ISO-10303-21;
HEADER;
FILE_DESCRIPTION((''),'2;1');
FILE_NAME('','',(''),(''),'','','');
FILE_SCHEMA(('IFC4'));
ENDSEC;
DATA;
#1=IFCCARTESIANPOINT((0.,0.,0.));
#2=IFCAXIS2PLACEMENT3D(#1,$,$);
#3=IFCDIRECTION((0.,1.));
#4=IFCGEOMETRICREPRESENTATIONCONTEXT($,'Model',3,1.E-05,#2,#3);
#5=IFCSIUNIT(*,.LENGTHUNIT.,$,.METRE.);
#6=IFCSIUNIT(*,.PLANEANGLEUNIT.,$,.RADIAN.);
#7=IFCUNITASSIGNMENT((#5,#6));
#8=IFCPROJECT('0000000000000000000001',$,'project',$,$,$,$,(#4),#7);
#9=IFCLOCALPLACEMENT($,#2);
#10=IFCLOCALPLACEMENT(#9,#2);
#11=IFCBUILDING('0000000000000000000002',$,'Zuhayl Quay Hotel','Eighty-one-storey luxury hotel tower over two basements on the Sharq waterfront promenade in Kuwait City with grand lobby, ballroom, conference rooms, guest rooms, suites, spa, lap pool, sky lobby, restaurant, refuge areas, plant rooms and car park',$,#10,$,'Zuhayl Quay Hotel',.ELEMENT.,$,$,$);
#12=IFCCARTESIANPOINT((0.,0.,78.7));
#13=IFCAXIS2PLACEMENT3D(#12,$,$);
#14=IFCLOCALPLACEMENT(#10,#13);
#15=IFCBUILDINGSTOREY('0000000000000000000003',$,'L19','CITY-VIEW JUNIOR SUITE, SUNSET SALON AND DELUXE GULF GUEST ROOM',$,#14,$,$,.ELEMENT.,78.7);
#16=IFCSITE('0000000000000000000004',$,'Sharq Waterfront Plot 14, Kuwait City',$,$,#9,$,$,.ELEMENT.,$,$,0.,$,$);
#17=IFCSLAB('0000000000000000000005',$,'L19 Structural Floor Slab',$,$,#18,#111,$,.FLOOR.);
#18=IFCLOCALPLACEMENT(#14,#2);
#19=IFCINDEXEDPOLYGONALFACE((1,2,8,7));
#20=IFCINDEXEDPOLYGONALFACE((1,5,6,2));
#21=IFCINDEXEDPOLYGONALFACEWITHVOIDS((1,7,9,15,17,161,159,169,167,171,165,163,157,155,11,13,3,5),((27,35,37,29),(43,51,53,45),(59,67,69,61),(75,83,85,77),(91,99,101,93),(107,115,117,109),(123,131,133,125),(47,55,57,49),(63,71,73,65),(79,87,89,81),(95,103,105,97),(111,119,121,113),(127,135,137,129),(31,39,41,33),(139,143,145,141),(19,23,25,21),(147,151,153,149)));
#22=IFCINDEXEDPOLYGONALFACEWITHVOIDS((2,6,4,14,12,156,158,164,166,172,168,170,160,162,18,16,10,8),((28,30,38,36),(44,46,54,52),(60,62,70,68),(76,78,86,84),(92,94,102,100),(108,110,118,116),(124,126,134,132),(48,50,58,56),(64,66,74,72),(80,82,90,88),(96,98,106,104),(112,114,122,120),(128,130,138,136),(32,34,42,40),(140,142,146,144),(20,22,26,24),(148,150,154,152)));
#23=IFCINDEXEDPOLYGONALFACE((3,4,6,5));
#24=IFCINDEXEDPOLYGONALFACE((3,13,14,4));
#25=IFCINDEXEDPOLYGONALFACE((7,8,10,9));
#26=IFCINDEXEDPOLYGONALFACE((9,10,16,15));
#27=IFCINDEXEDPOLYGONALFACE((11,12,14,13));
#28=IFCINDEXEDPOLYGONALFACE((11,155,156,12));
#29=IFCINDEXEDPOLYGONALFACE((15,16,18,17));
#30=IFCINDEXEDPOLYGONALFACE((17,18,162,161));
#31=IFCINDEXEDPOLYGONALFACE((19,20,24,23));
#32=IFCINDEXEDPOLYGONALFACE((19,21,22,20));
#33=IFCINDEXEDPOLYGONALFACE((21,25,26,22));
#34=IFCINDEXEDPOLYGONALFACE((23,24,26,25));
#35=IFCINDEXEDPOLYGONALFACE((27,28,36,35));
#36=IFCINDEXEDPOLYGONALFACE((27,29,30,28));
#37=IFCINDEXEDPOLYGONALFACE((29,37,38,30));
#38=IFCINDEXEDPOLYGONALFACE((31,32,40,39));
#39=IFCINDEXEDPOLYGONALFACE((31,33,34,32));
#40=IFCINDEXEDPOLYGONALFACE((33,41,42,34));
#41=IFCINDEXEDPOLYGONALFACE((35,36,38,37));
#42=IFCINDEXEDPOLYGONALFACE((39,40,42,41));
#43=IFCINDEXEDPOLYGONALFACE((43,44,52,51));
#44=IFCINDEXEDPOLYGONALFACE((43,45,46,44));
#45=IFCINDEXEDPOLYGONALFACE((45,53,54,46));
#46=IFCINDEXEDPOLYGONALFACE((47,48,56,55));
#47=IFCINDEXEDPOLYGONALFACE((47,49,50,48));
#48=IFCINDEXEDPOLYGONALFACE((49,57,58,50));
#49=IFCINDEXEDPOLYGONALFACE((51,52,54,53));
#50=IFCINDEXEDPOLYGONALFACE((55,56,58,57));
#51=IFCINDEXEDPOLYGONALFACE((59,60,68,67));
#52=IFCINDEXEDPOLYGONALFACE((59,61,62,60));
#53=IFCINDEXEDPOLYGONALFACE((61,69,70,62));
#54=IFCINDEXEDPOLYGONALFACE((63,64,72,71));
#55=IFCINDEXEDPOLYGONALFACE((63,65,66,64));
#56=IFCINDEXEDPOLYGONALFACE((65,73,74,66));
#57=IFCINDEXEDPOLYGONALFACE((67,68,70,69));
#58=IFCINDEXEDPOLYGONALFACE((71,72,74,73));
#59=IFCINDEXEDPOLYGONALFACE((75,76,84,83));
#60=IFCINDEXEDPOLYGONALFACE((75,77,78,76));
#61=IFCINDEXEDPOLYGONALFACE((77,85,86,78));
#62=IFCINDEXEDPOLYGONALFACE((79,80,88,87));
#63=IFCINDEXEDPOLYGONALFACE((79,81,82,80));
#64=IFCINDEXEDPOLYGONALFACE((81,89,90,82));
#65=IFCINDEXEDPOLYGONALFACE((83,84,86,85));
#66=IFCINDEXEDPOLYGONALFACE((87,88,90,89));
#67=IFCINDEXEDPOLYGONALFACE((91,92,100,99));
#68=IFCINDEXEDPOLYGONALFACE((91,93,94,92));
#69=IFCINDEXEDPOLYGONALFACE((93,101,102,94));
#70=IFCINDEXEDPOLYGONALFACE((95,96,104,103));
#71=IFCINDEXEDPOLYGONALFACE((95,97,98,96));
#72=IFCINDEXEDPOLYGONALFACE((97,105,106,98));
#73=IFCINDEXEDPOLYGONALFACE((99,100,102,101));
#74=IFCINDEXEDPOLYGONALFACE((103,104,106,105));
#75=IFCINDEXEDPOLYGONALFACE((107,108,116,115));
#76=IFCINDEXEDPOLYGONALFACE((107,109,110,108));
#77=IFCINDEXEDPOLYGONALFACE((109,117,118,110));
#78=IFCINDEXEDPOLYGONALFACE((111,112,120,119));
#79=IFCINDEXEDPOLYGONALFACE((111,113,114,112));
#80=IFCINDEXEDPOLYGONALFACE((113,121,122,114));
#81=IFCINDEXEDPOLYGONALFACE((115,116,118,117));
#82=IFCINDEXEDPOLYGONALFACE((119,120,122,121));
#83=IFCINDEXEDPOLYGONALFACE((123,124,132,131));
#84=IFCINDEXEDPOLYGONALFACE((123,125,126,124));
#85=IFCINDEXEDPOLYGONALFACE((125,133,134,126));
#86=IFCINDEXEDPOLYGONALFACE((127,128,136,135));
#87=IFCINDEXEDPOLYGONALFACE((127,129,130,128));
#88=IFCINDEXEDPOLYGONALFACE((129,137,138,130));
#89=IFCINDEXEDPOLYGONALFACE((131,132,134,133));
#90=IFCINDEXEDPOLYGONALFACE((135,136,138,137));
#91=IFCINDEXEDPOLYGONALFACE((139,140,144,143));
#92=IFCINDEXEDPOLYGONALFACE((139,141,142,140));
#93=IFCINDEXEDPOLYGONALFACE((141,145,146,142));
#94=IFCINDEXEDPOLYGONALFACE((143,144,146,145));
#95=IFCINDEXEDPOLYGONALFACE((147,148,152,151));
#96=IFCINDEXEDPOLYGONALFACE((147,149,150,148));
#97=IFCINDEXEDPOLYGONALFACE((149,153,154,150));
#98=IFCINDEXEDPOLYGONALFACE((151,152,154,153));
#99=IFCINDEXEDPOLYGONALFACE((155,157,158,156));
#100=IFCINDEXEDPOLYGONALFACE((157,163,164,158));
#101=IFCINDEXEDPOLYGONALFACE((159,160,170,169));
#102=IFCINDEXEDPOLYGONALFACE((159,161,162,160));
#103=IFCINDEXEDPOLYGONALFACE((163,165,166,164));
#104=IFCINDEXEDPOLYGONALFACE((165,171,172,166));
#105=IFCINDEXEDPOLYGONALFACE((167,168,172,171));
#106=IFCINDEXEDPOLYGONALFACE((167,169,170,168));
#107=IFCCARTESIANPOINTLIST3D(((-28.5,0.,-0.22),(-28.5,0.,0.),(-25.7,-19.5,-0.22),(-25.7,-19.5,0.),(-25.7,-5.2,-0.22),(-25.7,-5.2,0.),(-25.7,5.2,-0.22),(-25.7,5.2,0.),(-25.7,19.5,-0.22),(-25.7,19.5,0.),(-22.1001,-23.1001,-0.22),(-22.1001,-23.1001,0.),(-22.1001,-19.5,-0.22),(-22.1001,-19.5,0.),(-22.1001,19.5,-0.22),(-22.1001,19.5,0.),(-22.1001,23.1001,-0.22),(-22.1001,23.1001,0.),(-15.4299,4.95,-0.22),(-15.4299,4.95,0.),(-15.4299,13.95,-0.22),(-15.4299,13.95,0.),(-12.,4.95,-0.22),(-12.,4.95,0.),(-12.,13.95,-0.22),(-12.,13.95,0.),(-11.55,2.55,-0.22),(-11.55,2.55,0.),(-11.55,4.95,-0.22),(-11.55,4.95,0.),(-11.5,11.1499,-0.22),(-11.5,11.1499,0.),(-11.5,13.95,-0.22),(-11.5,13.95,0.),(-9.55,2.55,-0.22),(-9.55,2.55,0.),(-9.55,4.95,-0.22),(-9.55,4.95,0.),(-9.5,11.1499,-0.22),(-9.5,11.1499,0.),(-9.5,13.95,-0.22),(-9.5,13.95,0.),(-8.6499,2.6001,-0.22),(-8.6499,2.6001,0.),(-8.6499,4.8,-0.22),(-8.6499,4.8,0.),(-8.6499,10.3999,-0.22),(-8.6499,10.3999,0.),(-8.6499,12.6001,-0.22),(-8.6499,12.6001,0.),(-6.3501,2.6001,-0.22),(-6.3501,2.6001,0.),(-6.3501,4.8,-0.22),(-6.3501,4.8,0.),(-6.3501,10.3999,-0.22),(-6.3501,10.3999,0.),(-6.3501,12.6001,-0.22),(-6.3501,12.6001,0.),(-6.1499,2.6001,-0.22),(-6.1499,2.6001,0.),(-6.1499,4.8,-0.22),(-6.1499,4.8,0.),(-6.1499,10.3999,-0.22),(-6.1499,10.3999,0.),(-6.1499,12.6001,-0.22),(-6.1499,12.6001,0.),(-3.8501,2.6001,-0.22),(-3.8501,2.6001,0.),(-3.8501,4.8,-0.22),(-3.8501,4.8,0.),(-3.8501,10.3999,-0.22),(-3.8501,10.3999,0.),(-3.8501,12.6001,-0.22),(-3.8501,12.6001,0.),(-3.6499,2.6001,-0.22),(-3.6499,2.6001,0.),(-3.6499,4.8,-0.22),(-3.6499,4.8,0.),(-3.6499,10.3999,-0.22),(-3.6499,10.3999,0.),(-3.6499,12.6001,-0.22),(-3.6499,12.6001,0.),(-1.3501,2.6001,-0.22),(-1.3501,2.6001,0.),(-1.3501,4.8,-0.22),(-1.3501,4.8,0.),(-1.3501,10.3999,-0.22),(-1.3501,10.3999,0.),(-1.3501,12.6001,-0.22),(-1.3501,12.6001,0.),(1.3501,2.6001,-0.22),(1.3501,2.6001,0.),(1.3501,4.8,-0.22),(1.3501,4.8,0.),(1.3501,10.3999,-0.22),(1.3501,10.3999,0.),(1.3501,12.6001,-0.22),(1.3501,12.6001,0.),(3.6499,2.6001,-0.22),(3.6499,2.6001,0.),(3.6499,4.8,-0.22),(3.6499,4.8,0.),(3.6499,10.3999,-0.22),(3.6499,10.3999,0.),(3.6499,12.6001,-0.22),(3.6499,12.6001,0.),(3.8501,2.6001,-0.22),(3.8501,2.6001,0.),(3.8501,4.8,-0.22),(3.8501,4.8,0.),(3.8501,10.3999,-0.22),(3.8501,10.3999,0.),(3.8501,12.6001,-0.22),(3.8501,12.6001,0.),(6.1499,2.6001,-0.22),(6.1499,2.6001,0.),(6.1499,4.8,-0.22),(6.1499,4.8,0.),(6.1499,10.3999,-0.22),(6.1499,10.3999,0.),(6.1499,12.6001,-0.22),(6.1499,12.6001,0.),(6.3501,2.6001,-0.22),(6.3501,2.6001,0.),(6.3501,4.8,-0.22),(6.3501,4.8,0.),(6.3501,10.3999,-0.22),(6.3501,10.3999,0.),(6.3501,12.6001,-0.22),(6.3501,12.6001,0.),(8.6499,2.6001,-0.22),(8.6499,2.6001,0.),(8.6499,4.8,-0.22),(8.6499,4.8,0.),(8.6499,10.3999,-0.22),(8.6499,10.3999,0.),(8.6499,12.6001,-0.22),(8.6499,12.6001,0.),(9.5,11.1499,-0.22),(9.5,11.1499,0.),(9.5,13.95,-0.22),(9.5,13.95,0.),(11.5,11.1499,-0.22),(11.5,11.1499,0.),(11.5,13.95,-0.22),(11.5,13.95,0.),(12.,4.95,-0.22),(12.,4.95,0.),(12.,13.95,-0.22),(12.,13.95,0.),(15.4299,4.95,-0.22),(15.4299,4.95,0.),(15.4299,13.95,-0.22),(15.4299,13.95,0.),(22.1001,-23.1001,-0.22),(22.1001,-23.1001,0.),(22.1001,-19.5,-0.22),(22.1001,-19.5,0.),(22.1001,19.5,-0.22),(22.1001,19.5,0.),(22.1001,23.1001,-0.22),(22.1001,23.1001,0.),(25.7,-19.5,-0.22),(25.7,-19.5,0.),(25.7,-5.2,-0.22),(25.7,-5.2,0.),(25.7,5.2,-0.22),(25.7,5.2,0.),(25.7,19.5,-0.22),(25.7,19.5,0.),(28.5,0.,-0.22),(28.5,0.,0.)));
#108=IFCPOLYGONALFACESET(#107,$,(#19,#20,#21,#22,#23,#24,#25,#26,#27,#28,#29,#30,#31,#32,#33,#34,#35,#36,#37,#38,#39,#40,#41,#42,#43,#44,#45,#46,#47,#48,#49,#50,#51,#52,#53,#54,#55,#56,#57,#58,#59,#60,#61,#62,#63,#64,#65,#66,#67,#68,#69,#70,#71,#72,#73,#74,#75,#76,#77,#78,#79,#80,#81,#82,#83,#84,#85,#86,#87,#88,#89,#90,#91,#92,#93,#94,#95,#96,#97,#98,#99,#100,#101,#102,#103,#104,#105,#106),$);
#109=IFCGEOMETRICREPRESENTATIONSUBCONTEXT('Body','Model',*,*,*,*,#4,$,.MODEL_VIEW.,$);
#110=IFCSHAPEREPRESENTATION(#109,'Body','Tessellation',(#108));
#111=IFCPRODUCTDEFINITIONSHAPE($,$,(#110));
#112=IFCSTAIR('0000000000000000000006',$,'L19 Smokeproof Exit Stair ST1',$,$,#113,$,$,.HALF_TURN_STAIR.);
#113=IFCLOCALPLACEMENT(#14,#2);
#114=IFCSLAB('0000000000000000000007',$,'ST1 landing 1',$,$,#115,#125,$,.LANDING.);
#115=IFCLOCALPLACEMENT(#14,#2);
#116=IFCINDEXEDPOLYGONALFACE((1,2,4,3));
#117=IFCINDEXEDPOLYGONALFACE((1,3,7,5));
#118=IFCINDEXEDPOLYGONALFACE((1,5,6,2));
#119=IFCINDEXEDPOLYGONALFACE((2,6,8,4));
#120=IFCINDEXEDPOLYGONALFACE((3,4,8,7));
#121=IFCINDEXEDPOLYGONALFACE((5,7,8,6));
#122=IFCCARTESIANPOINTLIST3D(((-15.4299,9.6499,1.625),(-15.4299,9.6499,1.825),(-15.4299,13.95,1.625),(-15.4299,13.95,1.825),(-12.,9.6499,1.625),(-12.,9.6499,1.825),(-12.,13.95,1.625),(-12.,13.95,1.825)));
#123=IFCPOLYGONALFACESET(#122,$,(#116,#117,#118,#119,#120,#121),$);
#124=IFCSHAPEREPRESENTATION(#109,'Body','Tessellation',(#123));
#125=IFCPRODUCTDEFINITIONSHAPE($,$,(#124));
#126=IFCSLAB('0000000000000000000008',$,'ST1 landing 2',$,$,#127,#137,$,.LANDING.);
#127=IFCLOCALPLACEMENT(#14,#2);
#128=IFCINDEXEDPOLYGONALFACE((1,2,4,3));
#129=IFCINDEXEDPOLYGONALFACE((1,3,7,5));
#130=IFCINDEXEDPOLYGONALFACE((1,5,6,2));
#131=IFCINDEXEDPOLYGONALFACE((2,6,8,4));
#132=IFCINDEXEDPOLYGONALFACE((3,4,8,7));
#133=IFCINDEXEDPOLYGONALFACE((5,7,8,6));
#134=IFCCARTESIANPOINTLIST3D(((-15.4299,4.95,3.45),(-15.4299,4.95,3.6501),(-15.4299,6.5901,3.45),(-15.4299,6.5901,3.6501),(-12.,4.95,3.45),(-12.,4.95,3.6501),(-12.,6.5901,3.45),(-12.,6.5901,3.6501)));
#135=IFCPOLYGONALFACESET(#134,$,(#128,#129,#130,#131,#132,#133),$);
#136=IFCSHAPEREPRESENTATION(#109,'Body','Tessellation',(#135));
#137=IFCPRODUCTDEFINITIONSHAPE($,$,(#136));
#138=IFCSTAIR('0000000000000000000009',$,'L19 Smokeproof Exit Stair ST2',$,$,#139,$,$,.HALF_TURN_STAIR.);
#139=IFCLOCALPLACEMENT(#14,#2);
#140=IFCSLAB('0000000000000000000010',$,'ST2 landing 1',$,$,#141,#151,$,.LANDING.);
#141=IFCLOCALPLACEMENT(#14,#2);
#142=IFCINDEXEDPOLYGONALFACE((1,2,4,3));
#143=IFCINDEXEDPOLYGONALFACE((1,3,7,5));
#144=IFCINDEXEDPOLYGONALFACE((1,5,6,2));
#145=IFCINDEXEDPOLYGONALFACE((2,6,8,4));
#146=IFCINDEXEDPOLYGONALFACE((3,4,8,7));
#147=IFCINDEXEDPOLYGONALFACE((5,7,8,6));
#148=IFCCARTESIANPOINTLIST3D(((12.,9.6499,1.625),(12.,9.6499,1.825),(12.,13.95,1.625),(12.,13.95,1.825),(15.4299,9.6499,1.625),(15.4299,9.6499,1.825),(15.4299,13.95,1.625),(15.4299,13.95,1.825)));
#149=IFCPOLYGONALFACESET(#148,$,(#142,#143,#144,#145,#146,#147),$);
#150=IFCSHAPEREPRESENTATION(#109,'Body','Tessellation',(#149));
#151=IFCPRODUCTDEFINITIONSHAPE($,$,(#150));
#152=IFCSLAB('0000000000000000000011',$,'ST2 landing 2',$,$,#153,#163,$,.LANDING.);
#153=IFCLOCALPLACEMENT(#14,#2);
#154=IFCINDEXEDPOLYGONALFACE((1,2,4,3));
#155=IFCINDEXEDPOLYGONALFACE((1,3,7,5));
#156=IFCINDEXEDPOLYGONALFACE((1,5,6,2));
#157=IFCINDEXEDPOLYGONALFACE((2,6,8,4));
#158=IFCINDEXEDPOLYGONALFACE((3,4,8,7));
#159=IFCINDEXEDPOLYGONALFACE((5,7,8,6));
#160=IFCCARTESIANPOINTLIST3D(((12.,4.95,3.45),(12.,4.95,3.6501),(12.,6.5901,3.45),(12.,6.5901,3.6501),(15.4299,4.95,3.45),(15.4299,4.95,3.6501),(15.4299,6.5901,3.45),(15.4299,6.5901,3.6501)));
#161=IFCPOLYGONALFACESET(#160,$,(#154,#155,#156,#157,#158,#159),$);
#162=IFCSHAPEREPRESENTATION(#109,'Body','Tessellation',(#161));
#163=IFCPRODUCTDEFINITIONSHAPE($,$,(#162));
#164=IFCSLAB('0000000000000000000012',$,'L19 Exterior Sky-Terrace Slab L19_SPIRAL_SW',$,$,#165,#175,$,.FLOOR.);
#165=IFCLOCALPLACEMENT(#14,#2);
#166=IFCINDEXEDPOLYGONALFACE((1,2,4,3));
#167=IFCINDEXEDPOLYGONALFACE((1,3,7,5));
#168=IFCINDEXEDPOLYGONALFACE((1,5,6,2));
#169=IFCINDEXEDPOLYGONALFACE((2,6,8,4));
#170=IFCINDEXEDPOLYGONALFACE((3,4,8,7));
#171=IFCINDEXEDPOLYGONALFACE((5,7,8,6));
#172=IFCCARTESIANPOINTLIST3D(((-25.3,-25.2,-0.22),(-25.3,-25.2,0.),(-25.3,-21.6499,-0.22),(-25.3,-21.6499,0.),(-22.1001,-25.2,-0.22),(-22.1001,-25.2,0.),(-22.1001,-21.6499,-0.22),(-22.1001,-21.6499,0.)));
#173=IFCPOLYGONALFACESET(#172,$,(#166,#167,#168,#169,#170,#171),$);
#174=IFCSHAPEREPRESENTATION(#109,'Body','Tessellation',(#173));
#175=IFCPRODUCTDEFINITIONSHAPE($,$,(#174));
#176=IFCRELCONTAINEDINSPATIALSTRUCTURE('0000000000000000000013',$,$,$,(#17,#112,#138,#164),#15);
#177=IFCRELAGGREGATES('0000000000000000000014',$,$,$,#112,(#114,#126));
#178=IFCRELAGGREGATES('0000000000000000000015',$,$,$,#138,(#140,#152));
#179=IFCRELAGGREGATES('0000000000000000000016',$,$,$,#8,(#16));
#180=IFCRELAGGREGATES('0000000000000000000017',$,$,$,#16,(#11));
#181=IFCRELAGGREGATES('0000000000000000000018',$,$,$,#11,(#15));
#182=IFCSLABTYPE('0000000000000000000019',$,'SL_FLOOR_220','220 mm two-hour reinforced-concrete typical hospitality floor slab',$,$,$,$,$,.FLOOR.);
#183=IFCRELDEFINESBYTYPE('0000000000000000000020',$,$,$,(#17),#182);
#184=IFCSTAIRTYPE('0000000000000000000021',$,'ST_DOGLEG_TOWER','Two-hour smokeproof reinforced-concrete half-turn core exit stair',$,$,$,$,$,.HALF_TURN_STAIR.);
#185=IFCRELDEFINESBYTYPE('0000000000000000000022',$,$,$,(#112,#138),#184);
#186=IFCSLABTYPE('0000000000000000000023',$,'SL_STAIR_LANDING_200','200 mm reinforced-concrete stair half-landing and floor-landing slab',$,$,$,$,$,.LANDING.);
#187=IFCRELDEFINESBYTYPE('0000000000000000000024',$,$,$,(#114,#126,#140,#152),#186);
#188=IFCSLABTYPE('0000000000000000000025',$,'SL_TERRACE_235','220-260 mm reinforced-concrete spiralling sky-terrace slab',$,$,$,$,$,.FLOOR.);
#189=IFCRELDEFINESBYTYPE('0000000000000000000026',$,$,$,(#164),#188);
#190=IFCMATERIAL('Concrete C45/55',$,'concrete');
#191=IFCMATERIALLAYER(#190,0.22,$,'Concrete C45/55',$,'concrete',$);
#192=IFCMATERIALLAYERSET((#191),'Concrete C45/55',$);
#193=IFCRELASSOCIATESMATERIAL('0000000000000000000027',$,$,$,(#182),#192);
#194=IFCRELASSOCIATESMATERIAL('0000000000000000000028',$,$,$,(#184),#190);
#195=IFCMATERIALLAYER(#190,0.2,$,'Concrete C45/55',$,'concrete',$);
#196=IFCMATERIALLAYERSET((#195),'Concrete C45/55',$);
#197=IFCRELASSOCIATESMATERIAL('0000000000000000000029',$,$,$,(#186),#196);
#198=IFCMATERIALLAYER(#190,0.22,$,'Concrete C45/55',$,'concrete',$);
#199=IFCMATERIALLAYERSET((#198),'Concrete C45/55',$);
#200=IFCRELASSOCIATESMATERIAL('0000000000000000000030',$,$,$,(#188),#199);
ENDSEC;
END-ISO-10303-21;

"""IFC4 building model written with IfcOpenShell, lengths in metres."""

from ifc_helpers import new_model, si_unit, direction, frame, origin, place, context, subcontext, project, spatial, polyline, outline, extrude, material, layer, layer_set, type_object, element, aggregate, save


model = new_model("IFC4")

# Units and contexts
model_context = context("Model", 3, precision=1e-05, world=origin(), true_north=direction((0.0, 1.0)))
body_context = subcontext(model_context, "Body", "Model", "MODEL_VIEW")
ifc_project = project(units=[si_unit("LENGTHUNIT", "METRE"), si_unit("PLANEANGLEUNIT", "RADIAN")], contexts=[model_context])

# Site, building, storey
site_placement = place(None, origin())
site = spatial("IfcSite", under=ifc_project, at=site_placement, Name="Sharq Waterfront Plot 14, Kuwait City", CompositionType="ELEMENT", RefElevation=0.0)
building_placement = place(site_placement, origin())
building = spatial("IfcBuilding", under=site, at=building_placement, Name="Zuhayl Quay Hotel", Description="Eighty-one-storey luxury hotel tower over two basements on the Sharq waterfront promenade in Kuwait City with grand lobby, ballroom, conference rooms, guest rooms, suites, spa, lap pool, sky lobby, restaurant, refuge areas, plant rooms and car park", LongName="Zuhayl Quay Hotel", CompositionType="ELEMENT")
storey_placement = place(building_placement, frame((0.0, 0.0, 78.7)))
storey = spatial("IfcBuildingStorey", under=building, at=storey_placement, Name="L19", Description="CITY-VIEW JUNIOR SUITE, SUNSET SALON AND DELUXE GULF GUEST ROOM", CompositionType="ELEMENT", Elevation=78.7)

# Slab
ifc_material_1 = material(Name="Concrete C45/55", Category="concrete")
ifc_layer_1 = layer(ifc_material_1, 0.22, Name="Concrete C45/55", Category="concrete")
ifc_layer_set_1 = layer_set([ifc_layer_1], Name="Concrete C45/55")
slab_type_1 = type_object("IfcSlabType", Name="SL_FLOOR_220", Description="220 mm two-hour reinforced-concrete typical hospitality floor slab", PredefinedType="FLOOR", material=ifc_layer_set_1)
slab_1_placement = place(storey_placement, frame((0.0, 0.0, -0.22)))
element("IfcSlab", 1, at=slab_1_placement, inside=storey, type_object=slab_type_1, Name="L19 Structural Floor Slab", PredefinedType="FLOOR", context=body_context, shape_type="SweptSolid", body=[
    extrude(outline(polyline([(-22.1001, -23.1001), (22.1001, -23.1001), (22.1001, -19.5), (25.7, -19.5), (25.7, -5.2), (28.5, 0.0), (25.7, 5.2), (25.7, 19.5), (22.1001, 19.5), (22.1001, 23.1001), (-22.1001, 23.1001), (-22.1001, 19.5), (-25.7, 19.5), (-25.7, 5.2), (-28.5, 0.0), (-25.7, -5.2), (-25.7, -19.5), (-22.1001, -19.5), (-22.1001, -23.1001)]), holes=[polyline([(-12.0, 4.95), (-12.0, 13.95), (-15.4299, 13.95), (-15.4299, 4.95), (-12.0, 4.95)]), polyline([(15.4299, 4.95), (15.4299, 13.95), (12.0, 13.95), (12.0, 4.95), (15.4299, 4.95)]), polyline([(-11.5, 11.1499), (-9.5, 11.1499), (-9.5, 13.95), (-11.5, 13.95), (-11.5, 11.1499)]), polyline([(9.5, 11.1499), (11.5, 11.1499), (11.5, 13.95), (9.5, 13.95), (9.5, 11.1499)]), polyline([(-8.6499, 2.6001), (-6.3501, 2.6001), (-6.3501, 4.8), (-8.6499, 4.8), (-8.6499, 2.6001)]), polyline([(-6.1499, 2.6001), (-3.8501, 2.6001), (-3.8501, 4.8), (-6.1499, 4.8), (-6.1499, 2.6001)]), polyline([(-8.6499, 10.3999), (-6.3501, 10.3999), (-6.3501, 12.6001), (-8.6499, 12.6001), (-8.6499, 10.3999)]), polyline([(-6.1499, 10.3999), (-3.8501, 10.3999), (-3.8501, 12.6001), (-6.1499, 12.6001), (-6.1499, 10.3999)]), polyline([(-3.6499, 2.6001), (-1.3501, 2.6001), (-1.3501, 4.8), (-3.6499, 4.8), (-3.6499, 2.6001)]), polyline([(1.3501, 2.6001), (3.6499, 2.6001), (3.6499, 4.8), (1.3501, 4.8), (1.3501, 2.6001)]), polyline([(-3.6499, 10.3999), (-1.3501, 10.3999), (-1.3501, 12.6001), (-3.6499, 12.6001), (-3.6499, 10.3999)]), polyline([(1.3501, 10.3999), (3.6499, 10.3999), (3.6499, 12.6001), (1.3501, 12.6001), (1.3501, 10.3999)]), polyline([(3.8501, 2.6001), (6.1499, 2.6001), (6.1499, 4.8), (3.8501, 4.8), (3.8501, 2.6001)]), polyline([(6.3501, 2.6001), (8.6499, 2.6001), (8.6499, 4.8), (6.3501, 4.8), (6.3501, 2.6001)]), polyline([(3.8501, 10.3999), (6.1499, 10.3999), (6.1499, 12.6001), (3.8501, 12.6001), (3.8501, 10.3999)]), polyline([(6.3501, 10.3999), (8.6499, 10.3999), (8.6499, 12.6001), (6.3501, 12.6001), (6.3501, 10.3999)]), polyline([(-11.55, 2.55), (-9.55, 2.55), (-9.55, 4.95), (-11.55, 4.95), (-11.55, 2.55)])]), origin(), (0.0, 0.0, 1.0), 0.22),
])

# Stairs, slabs
stair_type = type_object("IfcStairType", Name="ST_DOGLEG_TOWER", Description="Two-hour smokeproof reinforced-concrete half-turn core exit stair", PredefinedType="HALF_TURN_STAIR", material=ifc_material_1)
stair_1_placement = place(storey_placement, origin())
stair_1 = element("IfcStair", 2, at=stair_1_placement, inside=storey, type_object=stair_type, Name="L19 Smokeproof Exit Stair ST1", PredefinedType="HALF_TURN_STAIR")
ifc_layer_2 = layer(ifc_material_1, 0.2, Name="Concrete C45/55", Category="concrete")
ifc_layer_set_2 = layer_set([ifc_layer_2], Name="Concrete C45/55")
slab_type_2 = type_object("IfcSlabType", Name="SL_STAIR_LANDING_200", Description="200 mm reinforced-concrete stair half-landing and floor-landing slab", PredefinedType="LANDING", material=ifc_layer_set_2)
slab_2_placement = place(storey_placement, frame((0.0, 0.0, 1.625)))
slab_2 = element("IfcSlab", 3, at=slab_2_placement, type_object=slab_type_2, Name="ST1 landing 1", PredefinedType="LANDING", context=body_context, shape_type="SweptSolid", body=[
    extrude(outline(polyline([(-12.0, 9.6499), (-12.0, 13.95), (-15.4299, 13.95), (-15.4299, 9.6499), (-12.0, 9.6499)])), origin(), (0.0, 0.0, 1.0), 0.2),
])
slab_3_placement = place(storey_placement, frame((0.0, 0.0, 3.45)))
slab_3 = element("IfcSlab", 4, at=slab_3_placement, type_object=slab_type_2, Name="ST1 landing 2", PredefinedType="LANDING", context=body_context, shape_type="SweptSolid", body=[
    extrude(outline(polyline([(-12.0, 4.95), (-12.0, 6.5901), (-15.4299, 6.5901), (-15.4299, 4.95), (-12.0, 4.95)])), origin(), (0.0, 0.0, 1.0), 0.2002),
])
aggregate(stair_1, [slab_2, slab_3])
stair_2_placement = place(storey_placement, origin())
stair_2 = element("IfcStair", 5, at=stair_2_placement, inside=storey, type_object=stair_type, Name="L19 Smokeproof Exit Stair ST2", PredefinedType="HALF_TURN_STAIR")
slab_4_placement = place(storey_placement, frame((0.0, 0.0, 1.625)))
slab_4 = element("IfcSlab", 6, at=slab_4_placement, type_object=slab_type_2, Name="ST2 landing 1", PredefinedType="LANDING", context=body_context, shape_type="SweptSolid", body=[
    extrude(outline(polyline([(15.4299, 9.6499), (15.4299, 13.95), (12.0, 13.95), (12.0, 9.6499), (15.4299, 9.6499)])), origin(), (0.0, 0.0, 1.0), 0.2),
])
slab_5_placement = place(storey_placement, frame((0.0, 0.0, 3.45)))
slab_5 = element("IfcSlab", 7, at=slab_5_placement, type_object=slab_type_2, Name="ST2 landing 2", PredefinedType="LANDING", context=body_context, shape_type="SweptSolid", body=[
    extrude(outline(polyline([(15.4299, 4.95), (15.4299, 6.5901), (12.0, 6.5901), (12.0, 4.95), (15.4299, 4.95)])), origin(), (0.0, 0.0, 1.0), 0.2002),
])
aggregate(stair_2, [slab_4, slab_5])

# Slab
ifc_layer_3 = layer(ifc_material_1, 0.22, Name="Concrete C45/55", Category="concrete")
ifc_layer_set_3 = layer_set([ifc_layer_3], Name="Concrete C45/55")
slab_type_3 = type_object("IfcSlabType", Name="SL_TERRACE_235", Description="220-260 mm reinforced-concrete spiralling sky-terrace slab", PredefinedType="FLOOR", material=ifc_layer_set_3)
slab_6_placement = place(storey_placement, frame((0.0, 0.0, -0.22)))
element("IfcSlab", 8, at=slab_6_placement, inside=storey, type_object=slab_type_3, Name="L19 Exterior Sky-Terrace Slab L19_SPIRAL_SW", PredefinedType="FLOOR", context=body_context, shape_type="SweptSolid", body=[
    extrude(outline(polyline([(-25.3, -25.2), (-22.1001, -25.2), (-22.1001, -21.6499), (-25.3, -21.6499), (-25.3, -25.2)])), origin(), (0.0, 0.0, 1.0), 0.22),
])

save(model, "model.ifc")
